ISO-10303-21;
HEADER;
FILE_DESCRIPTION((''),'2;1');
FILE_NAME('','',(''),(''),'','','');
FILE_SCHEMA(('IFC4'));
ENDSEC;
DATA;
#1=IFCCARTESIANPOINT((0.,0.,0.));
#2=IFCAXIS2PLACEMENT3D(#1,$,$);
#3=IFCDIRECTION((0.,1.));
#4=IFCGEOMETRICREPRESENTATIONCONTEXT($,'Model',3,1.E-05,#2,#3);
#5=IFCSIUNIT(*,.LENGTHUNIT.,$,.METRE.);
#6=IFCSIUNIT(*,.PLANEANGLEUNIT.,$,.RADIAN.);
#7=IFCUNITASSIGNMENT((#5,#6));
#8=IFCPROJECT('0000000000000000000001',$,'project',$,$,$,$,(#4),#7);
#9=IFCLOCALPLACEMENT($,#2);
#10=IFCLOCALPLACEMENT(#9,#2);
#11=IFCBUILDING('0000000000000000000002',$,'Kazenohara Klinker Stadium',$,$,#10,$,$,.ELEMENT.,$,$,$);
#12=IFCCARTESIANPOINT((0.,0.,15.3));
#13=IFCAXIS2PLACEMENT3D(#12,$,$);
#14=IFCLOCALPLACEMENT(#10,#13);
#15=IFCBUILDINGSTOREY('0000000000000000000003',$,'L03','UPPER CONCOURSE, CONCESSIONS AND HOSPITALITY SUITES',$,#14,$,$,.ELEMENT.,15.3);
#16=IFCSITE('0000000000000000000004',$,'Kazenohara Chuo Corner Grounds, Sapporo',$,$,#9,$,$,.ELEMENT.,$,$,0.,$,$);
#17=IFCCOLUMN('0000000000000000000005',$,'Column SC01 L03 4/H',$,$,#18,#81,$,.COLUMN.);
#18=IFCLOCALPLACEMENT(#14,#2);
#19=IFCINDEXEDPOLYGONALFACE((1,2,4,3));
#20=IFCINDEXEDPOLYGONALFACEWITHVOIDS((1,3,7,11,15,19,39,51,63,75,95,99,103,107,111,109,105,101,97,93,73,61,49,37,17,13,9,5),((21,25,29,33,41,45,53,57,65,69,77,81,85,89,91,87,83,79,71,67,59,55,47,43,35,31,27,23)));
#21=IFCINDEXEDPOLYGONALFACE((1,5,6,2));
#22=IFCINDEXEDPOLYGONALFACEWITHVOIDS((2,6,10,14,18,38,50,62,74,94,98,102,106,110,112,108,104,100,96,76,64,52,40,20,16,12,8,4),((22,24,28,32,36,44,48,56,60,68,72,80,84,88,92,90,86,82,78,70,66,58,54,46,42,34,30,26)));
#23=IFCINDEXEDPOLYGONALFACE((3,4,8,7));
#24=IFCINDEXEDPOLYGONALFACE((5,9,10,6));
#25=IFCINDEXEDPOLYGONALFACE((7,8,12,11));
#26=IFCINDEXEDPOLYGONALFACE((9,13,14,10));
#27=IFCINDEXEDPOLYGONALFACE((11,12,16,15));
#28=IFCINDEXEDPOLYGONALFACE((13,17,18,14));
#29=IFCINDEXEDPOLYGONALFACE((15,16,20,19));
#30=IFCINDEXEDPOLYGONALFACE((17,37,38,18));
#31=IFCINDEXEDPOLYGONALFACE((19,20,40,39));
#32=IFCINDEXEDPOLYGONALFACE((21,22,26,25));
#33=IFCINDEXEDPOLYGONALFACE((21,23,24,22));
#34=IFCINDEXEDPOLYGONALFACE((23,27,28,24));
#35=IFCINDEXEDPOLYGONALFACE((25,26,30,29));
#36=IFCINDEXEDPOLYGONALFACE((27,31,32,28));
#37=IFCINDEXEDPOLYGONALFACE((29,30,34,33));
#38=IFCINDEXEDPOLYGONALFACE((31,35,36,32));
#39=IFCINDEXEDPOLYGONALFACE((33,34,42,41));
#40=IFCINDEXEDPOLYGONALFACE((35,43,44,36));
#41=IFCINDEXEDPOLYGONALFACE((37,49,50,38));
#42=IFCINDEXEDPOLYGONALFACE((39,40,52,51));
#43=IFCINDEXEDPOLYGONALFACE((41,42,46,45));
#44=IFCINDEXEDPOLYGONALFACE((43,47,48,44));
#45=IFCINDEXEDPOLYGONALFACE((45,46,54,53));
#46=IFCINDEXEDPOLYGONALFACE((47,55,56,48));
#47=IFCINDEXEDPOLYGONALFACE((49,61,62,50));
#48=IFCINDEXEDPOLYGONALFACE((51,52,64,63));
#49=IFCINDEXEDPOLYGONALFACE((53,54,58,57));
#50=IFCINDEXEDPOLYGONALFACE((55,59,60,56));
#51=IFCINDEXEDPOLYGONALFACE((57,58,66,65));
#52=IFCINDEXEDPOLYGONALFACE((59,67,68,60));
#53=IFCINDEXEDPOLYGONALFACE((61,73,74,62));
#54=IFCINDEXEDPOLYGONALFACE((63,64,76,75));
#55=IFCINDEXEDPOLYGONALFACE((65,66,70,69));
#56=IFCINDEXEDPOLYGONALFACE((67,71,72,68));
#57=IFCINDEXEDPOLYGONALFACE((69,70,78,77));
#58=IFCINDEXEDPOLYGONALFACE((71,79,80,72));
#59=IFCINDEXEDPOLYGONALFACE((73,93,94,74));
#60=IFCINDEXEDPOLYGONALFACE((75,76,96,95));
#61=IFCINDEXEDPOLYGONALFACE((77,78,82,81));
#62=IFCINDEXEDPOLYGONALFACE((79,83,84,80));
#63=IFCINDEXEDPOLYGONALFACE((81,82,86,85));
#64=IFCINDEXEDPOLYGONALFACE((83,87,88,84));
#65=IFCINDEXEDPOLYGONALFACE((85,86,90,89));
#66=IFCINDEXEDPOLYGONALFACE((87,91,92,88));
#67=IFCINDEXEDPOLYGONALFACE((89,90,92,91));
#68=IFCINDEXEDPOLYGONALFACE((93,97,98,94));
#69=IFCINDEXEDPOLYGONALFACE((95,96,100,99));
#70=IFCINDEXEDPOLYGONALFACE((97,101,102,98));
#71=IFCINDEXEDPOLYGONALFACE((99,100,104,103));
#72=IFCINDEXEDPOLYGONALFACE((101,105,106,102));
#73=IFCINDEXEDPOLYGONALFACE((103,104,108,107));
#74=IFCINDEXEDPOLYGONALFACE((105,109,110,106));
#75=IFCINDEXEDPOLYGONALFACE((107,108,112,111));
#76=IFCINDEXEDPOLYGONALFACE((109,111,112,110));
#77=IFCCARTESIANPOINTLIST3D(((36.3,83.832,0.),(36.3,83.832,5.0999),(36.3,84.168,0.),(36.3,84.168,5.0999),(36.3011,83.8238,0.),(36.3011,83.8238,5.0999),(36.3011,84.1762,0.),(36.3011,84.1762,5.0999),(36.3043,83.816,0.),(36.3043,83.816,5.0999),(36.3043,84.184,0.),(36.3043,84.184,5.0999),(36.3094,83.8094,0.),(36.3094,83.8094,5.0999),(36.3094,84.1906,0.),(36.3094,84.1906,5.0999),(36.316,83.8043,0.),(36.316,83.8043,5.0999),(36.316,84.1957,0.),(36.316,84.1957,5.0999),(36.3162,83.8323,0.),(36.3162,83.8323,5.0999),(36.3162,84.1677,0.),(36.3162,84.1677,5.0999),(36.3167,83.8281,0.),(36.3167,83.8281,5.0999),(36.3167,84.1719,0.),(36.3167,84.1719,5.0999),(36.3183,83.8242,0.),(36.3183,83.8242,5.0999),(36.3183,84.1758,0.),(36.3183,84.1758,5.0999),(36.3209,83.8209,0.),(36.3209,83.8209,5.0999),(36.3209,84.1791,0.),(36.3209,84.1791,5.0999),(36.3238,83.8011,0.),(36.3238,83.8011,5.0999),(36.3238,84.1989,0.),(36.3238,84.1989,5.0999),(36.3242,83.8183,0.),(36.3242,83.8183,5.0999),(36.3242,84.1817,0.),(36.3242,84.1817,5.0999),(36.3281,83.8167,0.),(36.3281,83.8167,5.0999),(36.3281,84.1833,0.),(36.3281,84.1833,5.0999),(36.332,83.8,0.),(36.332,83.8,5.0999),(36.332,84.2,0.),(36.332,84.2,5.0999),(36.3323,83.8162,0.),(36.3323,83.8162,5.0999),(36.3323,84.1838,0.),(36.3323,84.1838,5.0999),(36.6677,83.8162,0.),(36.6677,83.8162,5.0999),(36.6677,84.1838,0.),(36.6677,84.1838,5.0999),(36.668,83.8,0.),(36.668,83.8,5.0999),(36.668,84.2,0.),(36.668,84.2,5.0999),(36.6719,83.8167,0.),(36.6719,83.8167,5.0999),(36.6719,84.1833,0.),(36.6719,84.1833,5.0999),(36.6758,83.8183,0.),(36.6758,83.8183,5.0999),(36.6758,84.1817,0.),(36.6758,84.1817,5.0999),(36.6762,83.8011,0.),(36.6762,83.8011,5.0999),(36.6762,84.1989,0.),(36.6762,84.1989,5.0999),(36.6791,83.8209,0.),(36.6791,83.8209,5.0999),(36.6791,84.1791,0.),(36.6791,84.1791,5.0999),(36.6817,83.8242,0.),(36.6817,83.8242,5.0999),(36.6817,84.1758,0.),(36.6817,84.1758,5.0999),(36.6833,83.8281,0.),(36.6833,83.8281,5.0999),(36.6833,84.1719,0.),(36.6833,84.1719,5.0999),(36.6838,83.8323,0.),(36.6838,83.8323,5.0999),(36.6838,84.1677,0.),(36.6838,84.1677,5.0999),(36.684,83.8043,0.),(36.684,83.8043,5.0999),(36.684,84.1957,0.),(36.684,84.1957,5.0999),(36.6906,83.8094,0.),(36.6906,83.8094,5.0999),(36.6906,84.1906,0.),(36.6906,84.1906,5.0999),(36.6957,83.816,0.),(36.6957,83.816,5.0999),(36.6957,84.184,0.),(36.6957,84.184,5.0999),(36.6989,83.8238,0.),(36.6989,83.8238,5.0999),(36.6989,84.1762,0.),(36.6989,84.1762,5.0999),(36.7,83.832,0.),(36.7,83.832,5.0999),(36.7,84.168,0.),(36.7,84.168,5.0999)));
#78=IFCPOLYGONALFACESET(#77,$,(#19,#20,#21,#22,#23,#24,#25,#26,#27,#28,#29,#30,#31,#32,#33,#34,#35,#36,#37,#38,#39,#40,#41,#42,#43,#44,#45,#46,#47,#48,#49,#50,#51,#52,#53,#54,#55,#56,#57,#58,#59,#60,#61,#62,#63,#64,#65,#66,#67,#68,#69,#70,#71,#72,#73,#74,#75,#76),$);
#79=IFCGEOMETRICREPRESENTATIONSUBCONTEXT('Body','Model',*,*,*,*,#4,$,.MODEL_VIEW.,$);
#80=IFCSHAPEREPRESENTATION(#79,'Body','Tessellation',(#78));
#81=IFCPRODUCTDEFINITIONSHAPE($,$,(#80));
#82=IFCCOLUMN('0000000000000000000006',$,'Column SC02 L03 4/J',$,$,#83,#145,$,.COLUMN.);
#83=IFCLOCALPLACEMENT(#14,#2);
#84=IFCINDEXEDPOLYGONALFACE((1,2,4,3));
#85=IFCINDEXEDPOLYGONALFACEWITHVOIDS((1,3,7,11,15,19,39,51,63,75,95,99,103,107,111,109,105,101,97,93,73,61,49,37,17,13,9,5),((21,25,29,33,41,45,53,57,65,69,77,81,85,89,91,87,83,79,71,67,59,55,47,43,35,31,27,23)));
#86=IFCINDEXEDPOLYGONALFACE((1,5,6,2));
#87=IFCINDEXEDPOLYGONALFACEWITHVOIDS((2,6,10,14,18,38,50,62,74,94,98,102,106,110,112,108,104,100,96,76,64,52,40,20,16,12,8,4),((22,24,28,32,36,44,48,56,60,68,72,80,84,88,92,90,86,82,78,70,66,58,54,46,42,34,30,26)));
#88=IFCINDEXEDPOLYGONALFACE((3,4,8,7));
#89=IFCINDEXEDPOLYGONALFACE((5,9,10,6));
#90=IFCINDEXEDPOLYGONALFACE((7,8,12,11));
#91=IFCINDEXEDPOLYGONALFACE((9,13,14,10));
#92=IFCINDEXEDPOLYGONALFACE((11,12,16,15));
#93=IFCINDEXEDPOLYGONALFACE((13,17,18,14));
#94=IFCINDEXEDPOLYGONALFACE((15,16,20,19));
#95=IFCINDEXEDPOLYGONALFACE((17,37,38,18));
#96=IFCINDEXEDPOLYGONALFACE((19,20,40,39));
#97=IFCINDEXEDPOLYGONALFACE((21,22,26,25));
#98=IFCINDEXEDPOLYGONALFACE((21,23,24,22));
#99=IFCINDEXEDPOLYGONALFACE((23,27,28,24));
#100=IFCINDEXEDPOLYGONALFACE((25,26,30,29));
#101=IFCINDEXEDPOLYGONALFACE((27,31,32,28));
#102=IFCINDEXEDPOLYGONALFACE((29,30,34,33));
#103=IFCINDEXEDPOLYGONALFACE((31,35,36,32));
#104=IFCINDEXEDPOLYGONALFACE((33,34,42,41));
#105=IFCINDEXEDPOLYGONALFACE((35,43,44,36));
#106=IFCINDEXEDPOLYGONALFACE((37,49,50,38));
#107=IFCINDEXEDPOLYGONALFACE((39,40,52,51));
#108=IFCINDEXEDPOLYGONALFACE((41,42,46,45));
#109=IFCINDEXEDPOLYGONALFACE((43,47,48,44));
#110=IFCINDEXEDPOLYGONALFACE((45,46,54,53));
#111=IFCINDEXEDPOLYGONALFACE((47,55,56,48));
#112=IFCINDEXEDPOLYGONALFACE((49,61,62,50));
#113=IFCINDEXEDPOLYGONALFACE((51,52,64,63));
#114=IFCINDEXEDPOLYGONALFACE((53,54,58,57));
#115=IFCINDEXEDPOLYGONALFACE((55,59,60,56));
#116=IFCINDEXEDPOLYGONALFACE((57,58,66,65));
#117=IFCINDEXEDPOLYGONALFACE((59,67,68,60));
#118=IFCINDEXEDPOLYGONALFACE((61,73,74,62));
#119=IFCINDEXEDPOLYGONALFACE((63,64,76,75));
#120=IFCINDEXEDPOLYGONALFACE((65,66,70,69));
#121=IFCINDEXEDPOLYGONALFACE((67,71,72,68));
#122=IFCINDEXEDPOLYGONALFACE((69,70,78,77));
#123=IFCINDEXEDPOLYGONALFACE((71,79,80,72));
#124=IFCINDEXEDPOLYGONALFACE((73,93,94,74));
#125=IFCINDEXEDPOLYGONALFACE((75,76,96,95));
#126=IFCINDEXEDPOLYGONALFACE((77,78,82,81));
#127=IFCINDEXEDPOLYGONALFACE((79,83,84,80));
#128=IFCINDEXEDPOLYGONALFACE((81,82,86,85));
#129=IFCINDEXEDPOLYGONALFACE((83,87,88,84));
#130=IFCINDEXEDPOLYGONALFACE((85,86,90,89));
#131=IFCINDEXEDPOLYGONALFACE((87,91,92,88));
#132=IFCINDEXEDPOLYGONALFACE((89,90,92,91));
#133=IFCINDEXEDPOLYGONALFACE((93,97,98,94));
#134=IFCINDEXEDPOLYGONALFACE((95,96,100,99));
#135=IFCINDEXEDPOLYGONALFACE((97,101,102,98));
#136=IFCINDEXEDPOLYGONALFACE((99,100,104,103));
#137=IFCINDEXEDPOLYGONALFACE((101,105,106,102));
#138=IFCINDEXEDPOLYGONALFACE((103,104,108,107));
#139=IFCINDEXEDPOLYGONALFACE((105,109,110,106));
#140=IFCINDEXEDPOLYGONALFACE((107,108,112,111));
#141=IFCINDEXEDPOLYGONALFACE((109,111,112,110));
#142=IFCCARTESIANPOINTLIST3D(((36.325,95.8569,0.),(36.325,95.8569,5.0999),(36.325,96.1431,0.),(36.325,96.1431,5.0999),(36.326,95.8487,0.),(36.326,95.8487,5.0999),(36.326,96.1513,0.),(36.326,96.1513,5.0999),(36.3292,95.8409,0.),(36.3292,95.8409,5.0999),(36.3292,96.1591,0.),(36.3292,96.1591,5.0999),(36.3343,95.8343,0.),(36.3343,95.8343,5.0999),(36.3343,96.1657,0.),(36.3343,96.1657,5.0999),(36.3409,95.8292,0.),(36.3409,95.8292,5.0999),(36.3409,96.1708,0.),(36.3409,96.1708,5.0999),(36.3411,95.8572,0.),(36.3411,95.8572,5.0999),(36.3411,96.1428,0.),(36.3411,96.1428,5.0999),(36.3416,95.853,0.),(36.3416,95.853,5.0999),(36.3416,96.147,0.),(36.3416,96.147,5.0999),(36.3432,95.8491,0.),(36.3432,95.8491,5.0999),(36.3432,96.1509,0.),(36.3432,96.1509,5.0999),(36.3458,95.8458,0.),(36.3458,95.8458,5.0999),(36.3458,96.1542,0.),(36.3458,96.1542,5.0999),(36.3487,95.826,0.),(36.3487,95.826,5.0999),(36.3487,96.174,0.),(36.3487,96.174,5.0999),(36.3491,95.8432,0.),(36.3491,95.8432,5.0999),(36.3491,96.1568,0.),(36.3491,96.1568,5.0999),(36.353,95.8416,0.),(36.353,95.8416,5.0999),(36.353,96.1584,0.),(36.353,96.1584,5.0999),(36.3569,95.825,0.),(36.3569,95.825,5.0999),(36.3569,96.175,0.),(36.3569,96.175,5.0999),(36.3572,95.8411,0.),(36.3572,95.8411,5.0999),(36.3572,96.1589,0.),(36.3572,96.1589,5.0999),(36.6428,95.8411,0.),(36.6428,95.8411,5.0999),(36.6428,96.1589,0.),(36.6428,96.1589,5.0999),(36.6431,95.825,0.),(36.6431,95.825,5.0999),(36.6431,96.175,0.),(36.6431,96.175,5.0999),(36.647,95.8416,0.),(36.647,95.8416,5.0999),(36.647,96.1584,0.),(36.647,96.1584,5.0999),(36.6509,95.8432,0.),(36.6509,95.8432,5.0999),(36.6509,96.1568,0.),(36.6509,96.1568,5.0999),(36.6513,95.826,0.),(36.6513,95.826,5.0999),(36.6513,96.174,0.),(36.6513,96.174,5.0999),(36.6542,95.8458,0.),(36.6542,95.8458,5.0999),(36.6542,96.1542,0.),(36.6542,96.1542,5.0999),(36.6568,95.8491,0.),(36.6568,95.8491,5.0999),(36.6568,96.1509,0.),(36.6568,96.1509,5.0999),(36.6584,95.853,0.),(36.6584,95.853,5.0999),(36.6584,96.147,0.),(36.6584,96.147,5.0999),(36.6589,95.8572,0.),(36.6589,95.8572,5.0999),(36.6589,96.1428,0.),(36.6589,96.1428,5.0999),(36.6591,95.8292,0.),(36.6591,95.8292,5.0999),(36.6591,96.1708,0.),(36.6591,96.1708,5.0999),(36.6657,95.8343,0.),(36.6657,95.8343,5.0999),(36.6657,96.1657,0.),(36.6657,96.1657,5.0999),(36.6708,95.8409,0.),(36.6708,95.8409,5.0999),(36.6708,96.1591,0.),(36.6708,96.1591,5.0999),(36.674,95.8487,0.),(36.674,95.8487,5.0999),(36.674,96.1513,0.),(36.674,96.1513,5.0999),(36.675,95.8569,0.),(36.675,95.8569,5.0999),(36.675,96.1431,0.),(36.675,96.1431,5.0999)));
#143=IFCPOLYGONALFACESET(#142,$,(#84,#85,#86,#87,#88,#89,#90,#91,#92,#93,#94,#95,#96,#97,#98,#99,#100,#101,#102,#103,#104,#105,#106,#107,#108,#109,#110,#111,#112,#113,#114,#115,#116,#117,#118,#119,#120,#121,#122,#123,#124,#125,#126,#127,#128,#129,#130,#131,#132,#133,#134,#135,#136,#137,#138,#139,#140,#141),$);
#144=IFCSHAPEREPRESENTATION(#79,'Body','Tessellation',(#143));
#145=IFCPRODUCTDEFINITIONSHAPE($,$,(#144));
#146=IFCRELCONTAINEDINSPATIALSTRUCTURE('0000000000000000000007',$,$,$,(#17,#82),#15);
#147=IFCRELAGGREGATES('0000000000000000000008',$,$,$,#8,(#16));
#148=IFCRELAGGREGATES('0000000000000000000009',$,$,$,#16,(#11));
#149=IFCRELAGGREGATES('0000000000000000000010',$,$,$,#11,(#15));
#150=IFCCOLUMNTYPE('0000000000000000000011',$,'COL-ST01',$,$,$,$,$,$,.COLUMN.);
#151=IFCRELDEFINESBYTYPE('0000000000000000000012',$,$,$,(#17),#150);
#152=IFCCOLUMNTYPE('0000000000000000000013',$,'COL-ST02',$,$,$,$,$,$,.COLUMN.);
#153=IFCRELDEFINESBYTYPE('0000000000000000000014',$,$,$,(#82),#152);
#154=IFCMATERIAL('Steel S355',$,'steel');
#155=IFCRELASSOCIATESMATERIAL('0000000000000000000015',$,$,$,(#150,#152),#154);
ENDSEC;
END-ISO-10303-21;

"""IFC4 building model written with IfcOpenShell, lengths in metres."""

from ifc_helpers import new_model, si_unit, direction, frame, origin, origin_2d, place, context, subcontext, project, spatial, hollow_rectangle, extrude, material, material_profile, profile_set, type_object, element, save


model = new_model("IFC4")

# Units and contexts
model_context = context("Model", 3, precision=1e-05, world=origin(), true_north=direction((0.0, 1.0)))
body_context = subcontext(model_context, "Body", "Model", "MODEL_VIEW")
ifc_project = project(units=[si_unit("LENGTHUNIT", "METRE"), si_unit("PLANEANGLEUNIT", "RADIAN")], contexts=[model_context])

# Site, building, storey
site_placement = place(None, origin())
site = spatial("IfcSite", under=ifc_project, at=site_placement, Name="Kazenohara Chuo Corner Grounds, Sapporo", CompositionType="ELEMENT", RefElevation=0.0)
building_placement = place(site_placement, origin())
building = spatial("IfcBuilding", under=site, at=building_placement, Name="Kazenohara Klinker Stadium", CompositionType="ELEMENT")
storey_placement = place(building_placement, frame((0.0, 0.0, 15.3)))
storey = spatial("IfcBuildingStorey", under=building, at=storey_placement, Name="L03", Description="UPPER CONCOURSE, CONCESSIONS AND HOSPITALITY SUITES", CompositionType="ELEMENT", Elevation=15.3)

# Columns
ifc_material_1 = material(Name="Steel S355", Category="steel")
ifc_material_profile_1 = material_profile(ifc_material_1, hollow_rectangle(XDim=0.3999, YDim=0.3999, WallThickness=0.0161, InnerFilletRadius=0.0161, OuterFilletRadius=0.032, at=origin_2d()), Name="SHS-400x400x16")
ifc_profile_set_1 = profile_set([ifc_material_profile_1], Name="Steel S355")
column_type_1 = type_object("IfcColumnType", Name="COL-ST01", PredefinedType="COLUMN", material=ifc_profile_set_1)
column_placement = place(storey_placement, frame((36.5, 84.0, 0.0), z_axis=(0.0, 0.0, 1.0), x_axis=(1.0, 0.0, 0.0)))
element("IfcColumn", 1, at=column_placement, inside=storey, type_object=column_type_1, Name="Column SC01 L03 4/H", PredefinedType="COLUMN", context=body_context, shape_type="SweptSolid", body=[
    extrude(hollow_rectangle(XDim=0.3999, YDim=0.3999, WallThickness=0.0161, InnerFilletRadius=0.0161, OuterFilletRadius=0.032, at=origin_2d()), origin(), (0.0, 0.0, 1.0), 5.0999),
])
ifc_material_profile_2 = material_profile(ifc_material_1, hollow_rectangle(XDim=0.3501, YDim=0.3501, WallThickness=0.0161, InnerFilletRadius=0.0161, OuterFilletRadius=0.032, at=origin_2d()), Name="SHS-350x350x16")
ifc_profile_set_2 = profile_set([ifc_material_profile_2], Name="Steel S355")
column_type_2 = type_object("IfcColumnType", Name="COL-ST02", PredefinedType="COLUMN", material=ifc_profile_set_2)
for number, where, z_axis, x_axis, name in (
    (2, (36.5, 96.0, 0.0), (0.0, 0.0, 1.0), (1.0, 0.0, 0.0), "Column SC02 L03 4/J"),
):
    element("IfcColumn", number, at=place(storey_placement, frame(where, z_axis=z_axis, x_axis=x_axis)), inside=storey, type_object=column_type_2, Name=name, PredefinedType="COLUMN", context=body_context, shape_type="SweptSolid", body=[
        extrude(hollow_rectangle(XDim=0.3501, YDim=0.3501, WallThickness=0.0161, InnerFilletRadius=0.0161, OuterFilletRadius=0.032, at=origin_2d()), origin(), (0.0, 0.0, 1.0), 5.0999),
    ])

save(model, "model.ifc")
